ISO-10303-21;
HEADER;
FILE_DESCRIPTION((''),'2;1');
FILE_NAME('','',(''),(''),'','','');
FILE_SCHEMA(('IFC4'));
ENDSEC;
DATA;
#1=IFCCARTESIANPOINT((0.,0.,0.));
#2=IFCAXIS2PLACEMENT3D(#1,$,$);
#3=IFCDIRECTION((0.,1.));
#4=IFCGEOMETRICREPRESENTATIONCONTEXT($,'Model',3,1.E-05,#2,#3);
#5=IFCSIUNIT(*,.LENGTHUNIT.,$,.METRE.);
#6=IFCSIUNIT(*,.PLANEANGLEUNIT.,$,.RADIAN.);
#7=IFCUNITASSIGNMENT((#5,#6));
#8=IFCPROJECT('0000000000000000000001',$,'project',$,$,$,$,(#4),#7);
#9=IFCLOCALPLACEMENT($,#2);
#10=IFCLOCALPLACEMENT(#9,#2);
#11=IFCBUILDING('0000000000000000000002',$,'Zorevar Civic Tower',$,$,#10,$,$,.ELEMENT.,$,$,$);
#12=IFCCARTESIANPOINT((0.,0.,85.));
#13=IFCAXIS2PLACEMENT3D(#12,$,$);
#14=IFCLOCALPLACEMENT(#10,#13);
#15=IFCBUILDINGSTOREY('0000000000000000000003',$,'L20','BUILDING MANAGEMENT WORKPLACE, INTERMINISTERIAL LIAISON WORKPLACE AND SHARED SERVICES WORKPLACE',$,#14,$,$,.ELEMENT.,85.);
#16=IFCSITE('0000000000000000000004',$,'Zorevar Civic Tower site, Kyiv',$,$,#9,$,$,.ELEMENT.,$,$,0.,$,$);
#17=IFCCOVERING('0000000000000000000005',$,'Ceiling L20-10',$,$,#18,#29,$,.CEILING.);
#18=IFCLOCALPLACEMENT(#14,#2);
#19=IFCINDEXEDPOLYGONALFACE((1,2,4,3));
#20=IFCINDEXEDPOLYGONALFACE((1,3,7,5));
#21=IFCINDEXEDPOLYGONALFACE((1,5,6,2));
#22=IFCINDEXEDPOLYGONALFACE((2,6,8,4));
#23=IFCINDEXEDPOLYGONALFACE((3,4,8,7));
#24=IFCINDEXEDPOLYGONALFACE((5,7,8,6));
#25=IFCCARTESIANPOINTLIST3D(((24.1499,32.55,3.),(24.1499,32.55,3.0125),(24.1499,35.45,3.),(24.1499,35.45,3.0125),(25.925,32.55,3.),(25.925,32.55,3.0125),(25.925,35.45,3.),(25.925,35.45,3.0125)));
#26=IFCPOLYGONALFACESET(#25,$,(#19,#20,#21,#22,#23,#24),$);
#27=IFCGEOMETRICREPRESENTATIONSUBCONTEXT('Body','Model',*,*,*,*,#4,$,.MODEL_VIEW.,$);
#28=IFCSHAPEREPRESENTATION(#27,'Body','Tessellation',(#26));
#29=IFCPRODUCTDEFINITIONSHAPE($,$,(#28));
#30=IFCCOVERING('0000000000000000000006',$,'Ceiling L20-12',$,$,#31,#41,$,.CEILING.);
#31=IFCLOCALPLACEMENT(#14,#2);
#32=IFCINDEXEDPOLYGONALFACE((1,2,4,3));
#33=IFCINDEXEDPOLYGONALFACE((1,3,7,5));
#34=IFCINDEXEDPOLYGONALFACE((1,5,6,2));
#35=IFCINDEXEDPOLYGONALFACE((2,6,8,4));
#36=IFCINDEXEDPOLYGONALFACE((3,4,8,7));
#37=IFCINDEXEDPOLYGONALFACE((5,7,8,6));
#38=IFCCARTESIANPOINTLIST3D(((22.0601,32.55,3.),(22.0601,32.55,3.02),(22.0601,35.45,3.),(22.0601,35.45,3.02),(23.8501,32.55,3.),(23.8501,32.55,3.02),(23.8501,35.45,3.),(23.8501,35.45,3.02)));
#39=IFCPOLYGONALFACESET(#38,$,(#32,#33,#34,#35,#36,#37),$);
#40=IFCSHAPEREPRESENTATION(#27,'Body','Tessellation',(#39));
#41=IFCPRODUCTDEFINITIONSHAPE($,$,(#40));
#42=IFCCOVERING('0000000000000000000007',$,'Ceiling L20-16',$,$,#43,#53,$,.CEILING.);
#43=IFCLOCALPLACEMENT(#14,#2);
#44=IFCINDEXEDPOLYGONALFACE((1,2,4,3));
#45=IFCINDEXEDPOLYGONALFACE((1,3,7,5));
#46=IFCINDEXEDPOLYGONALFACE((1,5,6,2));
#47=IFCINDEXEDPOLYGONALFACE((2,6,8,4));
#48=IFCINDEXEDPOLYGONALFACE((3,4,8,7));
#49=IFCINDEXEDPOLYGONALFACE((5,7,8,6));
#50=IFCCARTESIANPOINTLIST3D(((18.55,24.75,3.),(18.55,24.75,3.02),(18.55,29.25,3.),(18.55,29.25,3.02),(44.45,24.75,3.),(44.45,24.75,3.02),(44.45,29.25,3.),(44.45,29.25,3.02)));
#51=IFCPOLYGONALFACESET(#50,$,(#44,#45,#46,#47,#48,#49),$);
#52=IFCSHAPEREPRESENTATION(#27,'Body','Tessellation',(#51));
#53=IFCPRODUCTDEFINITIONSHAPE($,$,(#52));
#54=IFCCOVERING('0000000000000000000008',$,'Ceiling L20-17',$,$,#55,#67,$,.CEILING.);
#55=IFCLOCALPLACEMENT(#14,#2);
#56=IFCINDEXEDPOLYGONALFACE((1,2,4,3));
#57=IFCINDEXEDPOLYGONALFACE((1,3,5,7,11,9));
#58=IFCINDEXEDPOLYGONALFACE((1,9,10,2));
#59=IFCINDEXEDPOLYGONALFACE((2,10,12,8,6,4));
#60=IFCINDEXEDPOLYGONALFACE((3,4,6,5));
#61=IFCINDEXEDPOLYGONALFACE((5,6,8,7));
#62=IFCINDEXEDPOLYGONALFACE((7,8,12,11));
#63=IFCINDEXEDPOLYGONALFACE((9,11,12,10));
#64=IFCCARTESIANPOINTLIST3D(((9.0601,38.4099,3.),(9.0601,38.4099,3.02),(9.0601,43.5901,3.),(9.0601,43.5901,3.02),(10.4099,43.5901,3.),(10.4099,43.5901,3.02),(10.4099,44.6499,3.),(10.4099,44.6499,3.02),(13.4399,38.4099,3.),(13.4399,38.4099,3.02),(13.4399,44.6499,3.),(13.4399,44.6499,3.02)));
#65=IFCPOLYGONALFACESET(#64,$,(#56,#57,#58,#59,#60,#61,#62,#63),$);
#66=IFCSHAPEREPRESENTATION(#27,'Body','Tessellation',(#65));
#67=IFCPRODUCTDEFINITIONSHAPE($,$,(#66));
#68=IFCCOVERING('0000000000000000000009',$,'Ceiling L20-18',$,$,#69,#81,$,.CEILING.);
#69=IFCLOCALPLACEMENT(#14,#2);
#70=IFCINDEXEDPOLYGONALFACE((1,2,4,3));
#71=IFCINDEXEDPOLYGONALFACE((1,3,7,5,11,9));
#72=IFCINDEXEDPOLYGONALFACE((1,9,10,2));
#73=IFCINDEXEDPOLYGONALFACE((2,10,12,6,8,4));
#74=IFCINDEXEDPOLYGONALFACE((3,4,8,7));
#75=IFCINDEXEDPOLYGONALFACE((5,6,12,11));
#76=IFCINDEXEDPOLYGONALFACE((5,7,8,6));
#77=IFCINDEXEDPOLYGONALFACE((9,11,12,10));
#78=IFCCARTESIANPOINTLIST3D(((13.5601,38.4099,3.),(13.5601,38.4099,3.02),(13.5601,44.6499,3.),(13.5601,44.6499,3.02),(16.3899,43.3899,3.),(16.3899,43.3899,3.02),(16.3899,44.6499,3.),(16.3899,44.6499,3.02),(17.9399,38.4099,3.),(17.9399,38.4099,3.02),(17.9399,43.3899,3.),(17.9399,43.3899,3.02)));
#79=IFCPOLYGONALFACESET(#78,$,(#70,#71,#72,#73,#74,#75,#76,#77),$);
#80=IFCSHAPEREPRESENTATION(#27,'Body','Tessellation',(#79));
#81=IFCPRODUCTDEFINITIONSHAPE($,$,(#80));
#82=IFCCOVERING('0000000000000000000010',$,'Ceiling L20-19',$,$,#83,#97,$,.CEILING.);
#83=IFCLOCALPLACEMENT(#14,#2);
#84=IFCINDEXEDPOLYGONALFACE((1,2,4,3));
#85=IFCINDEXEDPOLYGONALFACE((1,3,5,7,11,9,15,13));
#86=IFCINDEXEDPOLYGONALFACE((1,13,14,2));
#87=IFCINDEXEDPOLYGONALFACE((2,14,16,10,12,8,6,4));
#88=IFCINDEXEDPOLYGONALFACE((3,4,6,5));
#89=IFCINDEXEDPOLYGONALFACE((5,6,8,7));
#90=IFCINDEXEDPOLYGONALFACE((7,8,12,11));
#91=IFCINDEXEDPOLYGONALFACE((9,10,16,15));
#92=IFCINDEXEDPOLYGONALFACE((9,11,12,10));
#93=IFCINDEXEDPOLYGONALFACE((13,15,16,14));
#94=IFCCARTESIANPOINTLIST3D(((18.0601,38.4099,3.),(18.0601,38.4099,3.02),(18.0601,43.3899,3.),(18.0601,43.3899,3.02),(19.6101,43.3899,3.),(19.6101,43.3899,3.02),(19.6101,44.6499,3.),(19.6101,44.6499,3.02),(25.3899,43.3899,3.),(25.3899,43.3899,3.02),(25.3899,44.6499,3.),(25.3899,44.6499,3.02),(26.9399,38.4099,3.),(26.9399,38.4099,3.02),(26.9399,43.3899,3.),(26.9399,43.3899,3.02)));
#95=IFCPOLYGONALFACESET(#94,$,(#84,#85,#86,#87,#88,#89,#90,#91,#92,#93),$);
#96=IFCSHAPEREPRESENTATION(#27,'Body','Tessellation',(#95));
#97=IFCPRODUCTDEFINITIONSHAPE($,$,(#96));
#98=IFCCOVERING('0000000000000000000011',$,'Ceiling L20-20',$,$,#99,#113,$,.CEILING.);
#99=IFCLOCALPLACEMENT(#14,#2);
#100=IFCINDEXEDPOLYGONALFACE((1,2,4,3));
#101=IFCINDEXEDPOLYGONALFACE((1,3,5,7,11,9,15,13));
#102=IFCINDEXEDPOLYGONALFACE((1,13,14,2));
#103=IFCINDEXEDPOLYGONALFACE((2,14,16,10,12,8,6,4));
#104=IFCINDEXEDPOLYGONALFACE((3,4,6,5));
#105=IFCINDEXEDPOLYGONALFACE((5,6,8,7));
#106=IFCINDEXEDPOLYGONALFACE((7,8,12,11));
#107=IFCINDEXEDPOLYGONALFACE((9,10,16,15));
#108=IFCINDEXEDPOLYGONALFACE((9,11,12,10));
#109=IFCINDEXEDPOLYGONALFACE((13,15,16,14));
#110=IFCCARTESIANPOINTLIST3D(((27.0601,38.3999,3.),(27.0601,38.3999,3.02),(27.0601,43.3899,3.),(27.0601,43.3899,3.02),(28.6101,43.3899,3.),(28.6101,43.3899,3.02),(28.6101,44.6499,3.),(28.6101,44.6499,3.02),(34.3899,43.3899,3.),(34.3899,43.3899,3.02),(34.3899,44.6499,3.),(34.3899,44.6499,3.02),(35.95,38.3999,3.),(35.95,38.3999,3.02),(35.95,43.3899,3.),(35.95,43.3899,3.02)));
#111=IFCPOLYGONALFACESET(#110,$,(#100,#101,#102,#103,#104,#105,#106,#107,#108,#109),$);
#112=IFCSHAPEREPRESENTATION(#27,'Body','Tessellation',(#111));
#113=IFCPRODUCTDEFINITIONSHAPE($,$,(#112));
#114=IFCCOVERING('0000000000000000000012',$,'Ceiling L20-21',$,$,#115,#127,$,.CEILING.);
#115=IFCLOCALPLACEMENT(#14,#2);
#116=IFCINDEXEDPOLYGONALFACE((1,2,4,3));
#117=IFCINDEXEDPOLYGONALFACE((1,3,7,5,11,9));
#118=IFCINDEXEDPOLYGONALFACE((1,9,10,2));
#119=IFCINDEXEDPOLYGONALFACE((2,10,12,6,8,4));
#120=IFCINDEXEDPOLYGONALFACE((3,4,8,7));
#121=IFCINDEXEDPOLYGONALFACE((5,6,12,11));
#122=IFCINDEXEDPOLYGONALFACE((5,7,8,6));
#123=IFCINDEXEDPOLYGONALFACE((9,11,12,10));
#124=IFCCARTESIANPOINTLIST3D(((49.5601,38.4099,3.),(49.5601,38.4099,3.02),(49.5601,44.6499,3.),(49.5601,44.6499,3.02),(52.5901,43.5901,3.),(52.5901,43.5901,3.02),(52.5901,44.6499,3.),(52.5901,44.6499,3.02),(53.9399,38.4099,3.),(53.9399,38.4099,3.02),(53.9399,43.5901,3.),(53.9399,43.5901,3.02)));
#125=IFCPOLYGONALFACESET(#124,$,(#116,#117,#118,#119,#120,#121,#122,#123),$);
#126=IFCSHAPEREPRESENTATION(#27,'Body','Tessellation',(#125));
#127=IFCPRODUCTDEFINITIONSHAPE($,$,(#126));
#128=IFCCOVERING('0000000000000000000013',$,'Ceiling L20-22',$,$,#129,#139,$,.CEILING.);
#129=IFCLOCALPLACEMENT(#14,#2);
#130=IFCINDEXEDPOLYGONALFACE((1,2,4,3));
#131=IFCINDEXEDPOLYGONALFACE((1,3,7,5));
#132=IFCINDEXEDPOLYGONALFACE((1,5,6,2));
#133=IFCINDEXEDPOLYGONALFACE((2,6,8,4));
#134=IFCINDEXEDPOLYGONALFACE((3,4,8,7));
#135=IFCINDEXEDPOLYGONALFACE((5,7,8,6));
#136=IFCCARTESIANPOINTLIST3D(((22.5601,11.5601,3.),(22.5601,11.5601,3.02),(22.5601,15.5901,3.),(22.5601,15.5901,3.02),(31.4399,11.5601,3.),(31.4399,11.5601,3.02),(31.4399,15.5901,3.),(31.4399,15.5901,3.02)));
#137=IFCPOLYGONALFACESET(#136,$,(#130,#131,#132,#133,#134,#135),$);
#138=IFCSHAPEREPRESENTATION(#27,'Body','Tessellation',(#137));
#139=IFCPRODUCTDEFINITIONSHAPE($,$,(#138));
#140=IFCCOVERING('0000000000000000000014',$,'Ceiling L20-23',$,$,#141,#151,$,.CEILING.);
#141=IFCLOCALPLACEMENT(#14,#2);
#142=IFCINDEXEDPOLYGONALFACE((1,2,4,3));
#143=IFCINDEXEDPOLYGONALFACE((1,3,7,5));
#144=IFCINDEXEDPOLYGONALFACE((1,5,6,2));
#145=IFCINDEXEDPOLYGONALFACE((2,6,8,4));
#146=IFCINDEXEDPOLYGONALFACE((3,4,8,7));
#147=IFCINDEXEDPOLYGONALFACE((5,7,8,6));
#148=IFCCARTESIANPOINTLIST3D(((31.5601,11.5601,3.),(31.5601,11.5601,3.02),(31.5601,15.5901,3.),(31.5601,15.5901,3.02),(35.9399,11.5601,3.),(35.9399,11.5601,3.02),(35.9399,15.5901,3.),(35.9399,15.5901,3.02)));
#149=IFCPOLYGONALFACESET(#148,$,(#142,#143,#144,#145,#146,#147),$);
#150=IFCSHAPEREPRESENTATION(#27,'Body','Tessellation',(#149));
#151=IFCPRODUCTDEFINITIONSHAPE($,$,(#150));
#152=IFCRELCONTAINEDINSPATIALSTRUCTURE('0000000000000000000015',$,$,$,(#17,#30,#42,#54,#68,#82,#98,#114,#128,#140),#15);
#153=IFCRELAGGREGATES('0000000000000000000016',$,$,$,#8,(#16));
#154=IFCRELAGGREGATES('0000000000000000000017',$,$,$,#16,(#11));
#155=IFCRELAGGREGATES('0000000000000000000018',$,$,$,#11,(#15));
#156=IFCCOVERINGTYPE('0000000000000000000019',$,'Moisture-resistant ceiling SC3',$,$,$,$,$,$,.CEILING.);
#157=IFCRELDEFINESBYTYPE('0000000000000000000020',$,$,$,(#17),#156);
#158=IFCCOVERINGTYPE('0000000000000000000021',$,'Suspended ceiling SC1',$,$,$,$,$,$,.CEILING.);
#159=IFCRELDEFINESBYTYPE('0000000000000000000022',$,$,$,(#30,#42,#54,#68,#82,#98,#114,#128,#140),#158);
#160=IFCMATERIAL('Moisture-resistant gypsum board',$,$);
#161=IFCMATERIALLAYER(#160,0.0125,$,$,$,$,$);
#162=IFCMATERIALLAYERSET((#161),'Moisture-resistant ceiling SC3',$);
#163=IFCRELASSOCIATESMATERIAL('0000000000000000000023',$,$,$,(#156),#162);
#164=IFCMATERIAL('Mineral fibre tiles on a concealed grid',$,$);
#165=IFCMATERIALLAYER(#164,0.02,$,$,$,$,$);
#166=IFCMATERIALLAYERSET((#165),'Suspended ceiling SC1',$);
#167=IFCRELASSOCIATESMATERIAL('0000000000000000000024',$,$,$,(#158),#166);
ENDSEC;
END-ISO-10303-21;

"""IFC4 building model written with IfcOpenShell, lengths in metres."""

from ifc_helpers import new_model, si_unit, direction, frame, origin, place, context, subcontext, project, spatial, polyline, outline, extrude, material, layer, layer_set, type_object, element, save


model = new_model("IFC4")

# Units and contexts
model_context = context("Model", 3, precision=1e-05, world=origin(), true_north=direction((0.0, 1.0)))
body_context = subcontext(model_context, "Body", "Model", "MODEL_VIEW")
ifc_project = project(units=[si_unit("LENGTHUNIT", "METRE"), si_unit("PLANEANGLEUNIT", "RADIAN")], contexts=[model_context])

# Site, building, storey
site_placement = place(None, origin())
site = spatial("IfcSite", under=ifc_project, at=site_placement, Name="Zorevar Civic Tower site, Kyiv", CompositionType="ELEMENT", RefElevation=0.0)
building_placement = place(site_placement, origin())
building = spatial("IfcBuilding", under=site, at=building_placement, Name="Zorevar Civic Tower", CompositionType="ELEMENT")
storey_placement = place(building_placement, frame((0.0, 0.0, 85.0)))
storey = spatial("IfcBuildingStorey", under=building, at=storey_placement, Name="L20", Description="BUILDING MANAGEMENT WORKPLACE, INTERMINISTERIAL LIAISON WORKPLACE AND SHARED SERVICES WORKPLACE", CompositionType="ELEMENT", Elevation=85.0)

# Coverings
ifc_material_1 = material(Name="Moisture-resistant gypsum board")
ifc_layer_1 = layer(ifc_material_1, 0.0125)
ifc_layer_set_1 = layer_set([ifc_layer_1], Name="Moisture-resistant ceiling SC3")
covering_type_1 = type_object("IfcCoveringType", Name="Moisture-resistant ceiling SC3", PredefinedType="CEILING", material=ifc_layer_set_1)
covering_1_placement = place(storey_placement, frame((0.0, 0.0, 3.0)))
element("IfcCovering", 1, at=covering_1_placement, inside=storey, type_object=covering_type_1, Name="Ceiling L20-10", PredefinedType="CEILING", context=body_context, shape_type="SweptSolid", body=[
    extrude(outline(polyline([(25.925, 32.55), (25.925, 35.45), (24.1499, 35.45), (24.1499, 32.55), (25.925, 32.55)])), origin(), (0.0, 0.0, 1.0), 0.0125),
])
ifc_material_2 = material(Name="Mineral fibre tiles on a concealed grid")
ifc_layer_2 = layer(ifc_material_2, 0.02)
ifc_layer_set_2 = layer_set([ifc_layer_2], Name="Suspended ceiling SC1")
covering_type_2 = type_object("IfcCoveringType", Name="Suspended ceiling SC1", PredefinedType="CEILING", material=ifc_layer_set_2)
covering_2_placement = place(storey_placement, frame((0.0, 0.0, 3.0)))
element("IfcCovering", 2, at=covering_2_placement, inside=storey, type_object=covering_type_2, Name="Ceiling L20-12", PredefinedType="CEILING", context=body_context, shape_type="SweptSolid", body=[
    extrude(outline(polyline([(23.8501, 32.55), (23.8501, 35.45), (22.0601, 35.45), (22.0601, 32.55), (23.8501, 32.55)])), origin(), (0.0, 0.0, 1.0), 0.02),
])
covering_3_placement = place(storey_placement, frame((0.0, 0.0, 3.0)))
element("IfcCovering", 3, at=covering_3_placement, inside=storey, type_object=covering_type_2, Name="Ceiling L20-16", PredefinedType="CEILING", context=body_context, shape_type="SweptSolid", body=[
    extrude(outline(polyline([(44.45, 24.75), (44.45, 29.25), (18.55, 29.25), (18.55, 24.75), (44.45, 24.75)])), origin(), (0.0, 0.0, 1.0), 0.02),
])
covering_4_placement = place(storey_placement, frame((0.0, 0.0, 3.0)))
element("IfcCovering", 4, at=covering_4_placement, inside=storey, type_object=covering_type_2, Name="Ceiling L20-17", PredefinedType="CEILING", context=body_context, shape_type="SweptSolid", body=[
    extrude(outline(polyline([(9.0601, 38.4099), (9.0601, 43.5901), (10.4099, 43.5901), (10.4099, 44.6499), (13.4399, 44.6499), (13.4399, 38.4099), (9.0601, 38.4099)])), origin(), (0.0, 0.0, 1.0), 0.02),
])
covering_5_placement = place(storey_placement, frame((0.0, 0.0, 3.0)))
element("IfcCovering", 5, at=covering_5_placement, inside=storey, type_object=covering_type_2, Name="Ceiling L20-18", PredefinedType="CEILING", context=body_context, shape_type="SweptSolid", body=[
    extrude(outline(polyline([(13.5601, 38.4099), (13.5601, 44.6499), (16.3899, 44.6499), (16.3899, 43.3899), (17.9399, 43.3899), (17.9399, 38.4099), (13.5601, 38.4099)])), origin(), (0.0, 0.0, 1.0), 0.02),
])
covering_6_placement = place(storey_placement, frame((0.0, 0.0, 3.0)))
element("IfcCovering", 6, at=covering_6_placement, inside=storey, type_object=covering_type_2, Name="Ceiling L20-19", PredefinedType="CEILING", context=body_context, shape_type="SweptSolid", body=[
    extrude(outline(polyline([(19.6101, 43.3899), (19.6101, 44.6499), (25.3899, 44.6499), (25.3899, 43.3899), (26.9399, 43.3899), (26.9399, 38.4099), (18.0601, 38.4099), (18.0601, 43.3899), (19.6101, 43.3899)])), origin(), (0.0, 0.0, 1.0), 0.02),
])
covering_7_placement = place(storey_placement, frame((0.0, 0.0, 3.0)))
element("IfcCovering", 7, at=covering_7_placement, inside=storey, type_object=covering_type_2, Name="Ceiling L20-20", PredefinedType="CEILING", context=body_context, shape_type="SweptSolid", body=[
    extrude(outline(polyline([(28.6101, 43.3899), (28.6101, 44.6499), (34.3899, 44.6499), (34.3899, 43.3899), (35.95, 43.3899), (35.95, 38.3999), (27.0601, 38.3999), (27.0601, 43.3899), (28.6101, 43.3899)])), origin(), (0.0, 0.0, 1.0), 0.02),
])
covering_8_placement = place(storey_placement, frame((0.0, 0.0, 3.0)))
element("IfcCovering", 8, at=covering_8_placement, inside=storey, type_object=covering_type_2, Name="Ceiling L20-21", PredefinedType="CEILING", context=body_context, shape_type="SweptSolid", body=[
    extrude(outline(polyline([(49.5601, 38.4099), (49.5601, 44.6499), (52.5901, 44.6499), (52.5901, 43.5901), (53.9399, 43.5901), (53.9399, 38.4099), (49.5601, 38.4099)])), origin(), (0.0, 0.0, 1.0), 0.02),
])
covering_9_placement = place(storey_placement, frame((0.0, 0.0, 3.0)))
element("IfcCovering", 9, at=covering_9_placement, inside=storey, type_object=covering_type_2, Name="Ceiling L20-22", PredefinedType="CEILING", context=body_context, shape_type="SweptSolid", body=[
    extrude(outline(polyline([(22.5601, 11.5601), (22.5601, 15.5901), (31.4399, 15.5901), (31.4399, 11.5601), (22.5601, 11.5601)])), origin(), (0.0, 0.0, 1.0), 0.02),
])
covering_10_placement = place(storey_placement, frame((0.0, 0.0, 3.0)))
element("IfcCovering", 10, at=covering_10_placement, inside=storey, type_object=covering_type_2, Name="Ceiling L20-23", PredefinedType="CEILING", context=body_context, shape_type="SweptSolid", body=[
    extrude(outline(polyline([(31.5601, 11.5601), (31.5601, 15.5901), (35.9399, 15.5901), (35.9399, 11.5601), (31.5601, 11.5601)])), origin(), (0.0, 0.0, 1.0), 0.02),
])

save(model, "model.ifc")
